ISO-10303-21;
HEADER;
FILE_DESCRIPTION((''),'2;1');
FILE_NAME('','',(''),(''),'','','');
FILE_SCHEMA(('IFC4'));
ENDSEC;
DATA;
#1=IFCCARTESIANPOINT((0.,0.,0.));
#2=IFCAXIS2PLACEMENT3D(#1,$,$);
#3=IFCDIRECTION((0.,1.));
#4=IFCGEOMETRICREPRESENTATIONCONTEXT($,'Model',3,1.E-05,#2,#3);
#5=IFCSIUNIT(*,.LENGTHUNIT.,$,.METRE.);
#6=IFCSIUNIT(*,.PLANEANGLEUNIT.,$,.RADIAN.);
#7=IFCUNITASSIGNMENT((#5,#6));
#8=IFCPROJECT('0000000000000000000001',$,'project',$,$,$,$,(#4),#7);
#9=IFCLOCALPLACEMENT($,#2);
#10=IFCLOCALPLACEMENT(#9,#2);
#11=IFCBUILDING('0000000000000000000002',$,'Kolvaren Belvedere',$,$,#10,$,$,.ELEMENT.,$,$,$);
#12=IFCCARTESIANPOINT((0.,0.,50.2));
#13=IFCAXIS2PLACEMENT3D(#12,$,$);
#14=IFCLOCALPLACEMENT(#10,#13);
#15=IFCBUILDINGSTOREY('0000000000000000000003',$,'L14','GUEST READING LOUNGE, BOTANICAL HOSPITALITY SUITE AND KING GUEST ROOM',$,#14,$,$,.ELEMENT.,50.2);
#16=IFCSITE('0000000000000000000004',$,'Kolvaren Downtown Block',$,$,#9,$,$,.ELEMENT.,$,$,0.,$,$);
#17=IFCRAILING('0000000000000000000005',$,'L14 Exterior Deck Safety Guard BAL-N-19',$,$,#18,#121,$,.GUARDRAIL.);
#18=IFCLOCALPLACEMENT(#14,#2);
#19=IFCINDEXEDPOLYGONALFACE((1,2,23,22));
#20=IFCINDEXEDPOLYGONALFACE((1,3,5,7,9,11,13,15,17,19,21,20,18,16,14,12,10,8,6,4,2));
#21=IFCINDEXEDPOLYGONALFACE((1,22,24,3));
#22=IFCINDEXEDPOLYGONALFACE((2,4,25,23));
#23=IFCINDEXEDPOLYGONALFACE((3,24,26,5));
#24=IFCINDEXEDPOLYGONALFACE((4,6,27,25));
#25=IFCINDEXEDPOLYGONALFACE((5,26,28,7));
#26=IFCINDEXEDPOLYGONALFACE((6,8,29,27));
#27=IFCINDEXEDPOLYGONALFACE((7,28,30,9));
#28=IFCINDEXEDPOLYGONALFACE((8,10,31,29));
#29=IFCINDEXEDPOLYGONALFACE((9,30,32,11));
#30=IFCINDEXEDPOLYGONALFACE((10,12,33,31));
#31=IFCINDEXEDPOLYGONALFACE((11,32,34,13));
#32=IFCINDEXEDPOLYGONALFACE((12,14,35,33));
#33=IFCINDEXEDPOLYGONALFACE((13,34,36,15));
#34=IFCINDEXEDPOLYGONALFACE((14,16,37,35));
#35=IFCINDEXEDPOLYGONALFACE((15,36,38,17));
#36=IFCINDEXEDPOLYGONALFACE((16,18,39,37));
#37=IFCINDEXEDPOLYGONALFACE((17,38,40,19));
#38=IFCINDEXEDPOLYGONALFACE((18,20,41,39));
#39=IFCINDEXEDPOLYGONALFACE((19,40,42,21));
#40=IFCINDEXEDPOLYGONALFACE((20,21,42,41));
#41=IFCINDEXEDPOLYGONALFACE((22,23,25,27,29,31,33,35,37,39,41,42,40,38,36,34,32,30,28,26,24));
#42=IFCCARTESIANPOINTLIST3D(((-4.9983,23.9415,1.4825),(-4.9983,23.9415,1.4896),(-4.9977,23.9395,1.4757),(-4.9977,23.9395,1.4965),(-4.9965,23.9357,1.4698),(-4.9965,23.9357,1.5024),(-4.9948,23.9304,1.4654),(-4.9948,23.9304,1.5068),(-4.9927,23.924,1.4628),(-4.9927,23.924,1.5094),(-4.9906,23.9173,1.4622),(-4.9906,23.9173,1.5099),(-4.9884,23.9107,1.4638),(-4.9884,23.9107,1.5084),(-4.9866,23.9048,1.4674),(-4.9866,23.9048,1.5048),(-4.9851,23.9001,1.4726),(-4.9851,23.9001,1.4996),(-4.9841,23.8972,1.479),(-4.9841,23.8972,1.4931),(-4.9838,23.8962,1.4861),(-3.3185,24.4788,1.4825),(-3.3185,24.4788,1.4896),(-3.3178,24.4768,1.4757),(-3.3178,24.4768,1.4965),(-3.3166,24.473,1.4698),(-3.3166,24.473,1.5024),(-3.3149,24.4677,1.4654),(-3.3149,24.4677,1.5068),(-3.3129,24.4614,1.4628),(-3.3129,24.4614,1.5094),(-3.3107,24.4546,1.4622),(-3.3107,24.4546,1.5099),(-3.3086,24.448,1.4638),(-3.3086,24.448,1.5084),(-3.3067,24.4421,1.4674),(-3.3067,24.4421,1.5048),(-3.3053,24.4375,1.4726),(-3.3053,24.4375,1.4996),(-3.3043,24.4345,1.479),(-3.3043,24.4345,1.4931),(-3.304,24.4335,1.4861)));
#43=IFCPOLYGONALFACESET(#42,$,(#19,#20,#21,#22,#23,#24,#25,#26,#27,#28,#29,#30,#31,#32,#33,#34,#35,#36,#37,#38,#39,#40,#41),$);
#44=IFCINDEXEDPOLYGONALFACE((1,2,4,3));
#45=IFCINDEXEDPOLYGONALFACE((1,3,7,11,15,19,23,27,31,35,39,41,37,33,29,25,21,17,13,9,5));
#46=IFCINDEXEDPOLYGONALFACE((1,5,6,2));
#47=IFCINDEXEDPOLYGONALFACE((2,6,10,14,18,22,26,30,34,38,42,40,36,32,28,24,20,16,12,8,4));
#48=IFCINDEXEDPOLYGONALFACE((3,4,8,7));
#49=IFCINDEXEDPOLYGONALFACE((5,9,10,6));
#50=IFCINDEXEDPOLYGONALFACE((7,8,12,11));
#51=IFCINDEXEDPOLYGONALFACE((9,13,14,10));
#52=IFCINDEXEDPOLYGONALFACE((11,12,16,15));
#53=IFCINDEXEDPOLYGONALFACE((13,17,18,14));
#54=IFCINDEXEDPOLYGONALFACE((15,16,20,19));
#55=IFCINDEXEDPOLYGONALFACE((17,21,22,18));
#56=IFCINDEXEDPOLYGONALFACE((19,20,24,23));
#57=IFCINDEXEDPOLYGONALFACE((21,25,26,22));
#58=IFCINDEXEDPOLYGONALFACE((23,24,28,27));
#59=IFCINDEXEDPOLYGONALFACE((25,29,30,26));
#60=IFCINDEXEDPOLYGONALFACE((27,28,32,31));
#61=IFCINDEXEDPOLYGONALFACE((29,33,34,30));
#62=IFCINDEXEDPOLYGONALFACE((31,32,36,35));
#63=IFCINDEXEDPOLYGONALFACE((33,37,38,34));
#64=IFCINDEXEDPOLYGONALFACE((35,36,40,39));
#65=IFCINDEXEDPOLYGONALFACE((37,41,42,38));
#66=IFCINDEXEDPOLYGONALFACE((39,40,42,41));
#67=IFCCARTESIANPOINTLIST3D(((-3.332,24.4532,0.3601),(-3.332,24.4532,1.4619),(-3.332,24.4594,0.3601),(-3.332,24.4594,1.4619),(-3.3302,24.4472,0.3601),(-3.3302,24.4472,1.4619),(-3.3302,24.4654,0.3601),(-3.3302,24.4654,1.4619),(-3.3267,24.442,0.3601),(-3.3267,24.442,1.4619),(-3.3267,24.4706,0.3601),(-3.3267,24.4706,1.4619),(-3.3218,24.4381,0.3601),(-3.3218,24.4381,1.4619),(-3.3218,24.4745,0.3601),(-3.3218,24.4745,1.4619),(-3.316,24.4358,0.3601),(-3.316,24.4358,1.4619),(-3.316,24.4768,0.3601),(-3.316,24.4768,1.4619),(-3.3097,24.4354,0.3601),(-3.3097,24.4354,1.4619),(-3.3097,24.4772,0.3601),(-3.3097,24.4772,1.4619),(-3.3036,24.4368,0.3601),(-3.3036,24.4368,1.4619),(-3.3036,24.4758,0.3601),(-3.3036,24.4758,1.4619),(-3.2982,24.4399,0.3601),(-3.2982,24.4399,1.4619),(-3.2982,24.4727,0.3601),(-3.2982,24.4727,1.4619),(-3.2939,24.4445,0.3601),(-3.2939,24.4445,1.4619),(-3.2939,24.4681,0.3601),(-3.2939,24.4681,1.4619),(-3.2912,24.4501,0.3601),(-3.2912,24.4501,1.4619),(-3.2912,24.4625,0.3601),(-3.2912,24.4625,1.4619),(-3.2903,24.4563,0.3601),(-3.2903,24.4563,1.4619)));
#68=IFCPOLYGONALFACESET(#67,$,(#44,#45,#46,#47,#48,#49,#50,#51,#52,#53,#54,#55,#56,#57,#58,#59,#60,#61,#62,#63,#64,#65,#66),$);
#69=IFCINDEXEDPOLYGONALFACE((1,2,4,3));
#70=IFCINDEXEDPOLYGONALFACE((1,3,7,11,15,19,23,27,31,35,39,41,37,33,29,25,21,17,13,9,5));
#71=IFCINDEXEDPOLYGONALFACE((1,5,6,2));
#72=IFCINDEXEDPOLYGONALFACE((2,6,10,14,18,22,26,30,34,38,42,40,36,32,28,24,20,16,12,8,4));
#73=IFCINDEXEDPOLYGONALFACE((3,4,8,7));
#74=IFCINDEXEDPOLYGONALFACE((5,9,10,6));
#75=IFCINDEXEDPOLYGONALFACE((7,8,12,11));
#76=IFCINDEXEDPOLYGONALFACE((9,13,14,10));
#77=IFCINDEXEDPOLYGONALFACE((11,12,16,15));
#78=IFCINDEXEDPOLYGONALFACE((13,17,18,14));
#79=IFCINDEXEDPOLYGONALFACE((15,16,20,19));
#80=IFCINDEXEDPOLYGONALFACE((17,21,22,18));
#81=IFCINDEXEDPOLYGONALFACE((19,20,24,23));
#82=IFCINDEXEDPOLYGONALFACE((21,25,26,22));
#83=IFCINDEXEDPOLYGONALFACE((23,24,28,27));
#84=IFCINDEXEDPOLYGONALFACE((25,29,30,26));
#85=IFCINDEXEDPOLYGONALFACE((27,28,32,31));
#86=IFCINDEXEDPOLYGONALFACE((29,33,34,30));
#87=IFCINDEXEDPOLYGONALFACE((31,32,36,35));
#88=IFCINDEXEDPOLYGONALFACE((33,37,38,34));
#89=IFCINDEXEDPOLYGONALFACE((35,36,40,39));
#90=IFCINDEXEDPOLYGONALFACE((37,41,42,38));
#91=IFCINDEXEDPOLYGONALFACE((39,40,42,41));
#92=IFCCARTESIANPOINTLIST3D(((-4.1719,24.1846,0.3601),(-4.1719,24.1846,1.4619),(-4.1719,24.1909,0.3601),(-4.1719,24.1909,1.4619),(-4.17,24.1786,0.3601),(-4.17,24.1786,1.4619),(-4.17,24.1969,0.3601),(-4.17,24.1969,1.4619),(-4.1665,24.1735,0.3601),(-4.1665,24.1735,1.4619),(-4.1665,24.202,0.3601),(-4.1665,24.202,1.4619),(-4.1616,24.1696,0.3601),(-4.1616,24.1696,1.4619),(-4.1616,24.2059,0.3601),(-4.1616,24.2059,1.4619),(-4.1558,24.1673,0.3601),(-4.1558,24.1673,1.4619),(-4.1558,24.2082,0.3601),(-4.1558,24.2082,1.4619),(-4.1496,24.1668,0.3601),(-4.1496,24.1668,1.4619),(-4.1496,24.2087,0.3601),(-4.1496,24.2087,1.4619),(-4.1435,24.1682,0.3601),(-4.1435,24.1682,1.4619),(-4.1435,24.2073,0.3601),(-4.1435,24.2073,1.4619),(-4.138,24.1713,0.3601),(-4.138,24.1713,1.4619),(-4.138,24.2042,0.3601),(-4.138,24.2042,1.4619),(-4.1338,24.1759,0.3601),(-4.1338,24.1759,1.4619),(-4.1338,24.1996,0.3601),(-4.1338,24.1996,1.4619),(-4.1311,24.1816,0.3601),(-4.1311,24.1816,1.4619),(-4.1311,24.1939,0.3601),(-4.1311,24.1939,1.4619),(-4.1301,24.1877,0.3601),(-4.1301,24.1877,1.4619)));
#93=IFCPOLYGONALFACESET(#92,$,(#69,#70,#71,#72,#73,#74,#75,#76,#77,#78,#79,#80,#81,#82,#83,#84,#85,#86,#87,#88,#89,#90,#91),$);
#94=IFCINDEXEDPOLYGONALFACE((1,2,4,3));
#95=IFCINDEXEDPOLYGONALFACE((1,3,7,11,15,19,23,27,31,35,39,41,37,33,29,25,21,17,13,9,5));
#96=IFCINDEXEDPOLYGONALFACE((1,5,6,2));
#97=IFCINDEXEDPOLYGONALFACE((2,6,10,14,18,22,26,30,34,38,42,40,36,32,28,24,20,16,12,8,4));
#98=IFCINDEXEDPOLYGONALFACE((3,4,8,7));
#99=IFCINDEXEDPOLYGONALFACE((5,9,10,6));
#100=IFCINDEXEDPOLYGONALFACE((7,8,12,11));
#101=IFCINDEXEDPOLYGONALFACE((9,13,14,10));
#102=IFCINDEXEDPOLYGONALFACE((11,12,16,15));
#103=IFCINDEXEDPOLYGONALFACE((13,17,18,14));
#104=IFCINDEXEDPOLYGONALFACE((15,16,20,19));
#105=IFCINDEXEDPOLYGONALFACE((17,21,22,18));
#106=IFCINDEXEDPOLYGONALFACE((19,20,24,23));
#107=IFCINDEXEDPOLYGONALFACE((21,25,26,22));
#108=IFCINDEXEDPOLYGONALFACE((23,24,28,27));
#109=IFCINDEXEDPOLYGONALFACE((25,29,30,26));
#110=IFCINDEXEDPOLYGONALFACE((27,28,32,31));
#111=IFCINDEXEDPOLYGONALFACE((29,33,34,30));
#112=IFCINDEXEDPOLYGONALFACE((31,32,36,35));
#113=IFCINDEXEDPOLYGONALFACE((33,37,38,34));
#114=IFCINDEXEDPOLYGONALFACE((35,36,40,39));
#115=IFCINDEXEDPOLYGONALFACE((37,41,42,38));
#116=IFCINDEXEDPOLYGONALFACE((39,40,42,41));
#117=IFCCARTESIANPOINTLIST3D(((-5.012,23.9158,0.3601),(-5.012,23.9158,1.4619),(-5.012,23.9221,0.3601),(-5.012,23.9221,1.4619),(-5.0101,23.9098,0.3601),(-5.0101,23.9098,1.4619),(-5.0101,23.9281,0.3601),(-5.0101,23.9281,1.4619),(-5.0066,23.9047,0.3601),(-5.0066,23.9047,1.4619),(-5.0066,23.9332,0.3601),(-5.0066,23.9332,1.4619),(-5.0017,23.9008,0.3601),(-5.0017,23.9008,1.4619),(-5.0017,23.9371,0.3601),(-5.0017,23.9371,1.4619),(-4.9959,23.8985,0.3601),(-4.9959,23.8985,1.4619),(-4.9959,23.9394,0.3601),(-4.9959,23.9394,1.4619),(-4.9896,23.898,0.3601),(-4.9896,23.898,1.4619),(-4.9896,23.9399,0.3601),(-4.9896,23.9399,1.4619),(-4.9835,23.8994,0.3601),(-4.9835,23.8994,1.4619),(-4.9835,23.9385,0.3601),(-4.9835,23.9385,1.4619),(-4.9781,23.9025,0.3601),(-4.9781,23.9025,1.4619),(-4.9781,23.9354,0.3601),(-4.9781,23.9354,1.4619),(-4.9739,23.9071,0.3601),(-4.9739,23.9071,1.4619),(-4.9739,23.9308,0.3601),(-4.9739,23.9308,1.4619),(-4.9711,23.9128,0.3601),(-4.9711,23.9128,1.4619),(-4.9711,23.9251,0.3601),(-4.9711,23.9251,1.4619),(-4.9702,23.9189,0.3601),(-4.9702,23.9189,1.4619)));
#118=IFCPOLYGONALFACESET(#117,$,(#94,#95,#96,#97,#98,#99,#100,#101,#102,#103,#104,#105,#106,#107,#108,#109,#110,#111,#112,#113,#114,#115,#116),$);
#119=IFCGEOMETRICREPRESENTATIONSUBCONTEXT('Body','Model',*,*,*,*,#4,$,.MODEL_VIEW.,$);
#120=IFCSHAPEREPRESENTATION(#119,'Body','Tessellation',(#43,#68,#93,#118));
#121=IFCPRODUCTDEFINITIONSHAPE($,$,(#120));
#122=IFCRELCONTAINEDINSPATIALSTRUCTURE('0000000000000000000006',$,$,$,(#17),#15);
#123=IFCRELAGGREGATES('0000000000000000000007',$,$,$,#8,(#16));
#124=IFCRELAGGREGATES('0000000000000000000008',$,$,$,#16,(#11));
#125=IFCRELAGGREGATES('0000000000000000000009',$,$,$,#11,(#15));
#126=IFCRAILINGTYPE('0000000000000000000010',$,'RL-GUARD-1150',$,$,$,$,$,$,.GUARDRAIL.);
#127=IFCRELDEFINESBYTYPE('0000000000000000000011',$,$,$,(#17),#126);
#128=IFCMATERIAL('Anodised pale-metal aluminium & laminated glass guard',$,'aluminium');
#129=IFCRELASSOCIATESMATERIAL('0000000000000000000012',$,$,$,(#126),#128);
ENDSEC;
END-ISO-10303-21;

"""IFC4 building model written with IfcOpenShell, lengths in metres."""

from ifc_helpers import new_model, si_unit, direction, frame, origin, origin_2d, place, context, subcontext, project, spatial, circle, extrude, material, type_object, element, save


model = new_model("IFC4")

# Units and contexts
model_context = context("Model", 3, precision=1e-05, world=origin(), true_north=direction((0.0, 1.0)))
body_context = subcontext(model_context, "Body", "Model", "MODEL_VIEW")
ifc_project = project(units=[si_unit("LENGTHUNIT", "METRE"), si_unit("PLANEANGLEUNIT", "RADIAN")], contexts=[model_context])

# Site, building, storey
site_placement = place(None, origin())
site = spatial("IfcSite", under=ifc_project, at=site_placement, Name="Kolvaren Downtown Block", CompositionType="ELEMENT", RefElevation=0.0)
building_placement = place(site_placement, origin())
building = spatial("IfcBuilding", under=site, at=building_placement, Name="Kolvaren Belvedere", CompositionType="ELEMENT")
storey_placement = place(building_placement, frame((0.0, 0.0, 50.2)))
storey = spatial("IfcBuildingStorey", under=building, at=storey_placement, Name="L14", Description="GUEST READING LOUNGE, BOTANICAL HOSPITALITY SUITE AND KING GUEST ROOM", CompositionType="ELEMENT", Elevation=50.2)

# Railing
ifc_material_1 = material(Name="Anodised pale-metal aluminium & laminated glass guard", Category="aluminium")
railing_type = type_object("IfcRailingType", Name="RL-GUARD-1150", PredefinedType="GUARDRAIL", material=ifc_material_1)
railing_1_placement = place(storey_placement, frame((-3.3113, 24.4563, 0.3601)))
element("IfcRailing", 1, at=railing_1_placement, inside=storey, type_object=railing_type, Name="L14 Exterior Deck Safety Guard BAL-N-19", PredefinedType="GUARDRAIL", context=body_context, shape_type="SweptSolid", body=[
    extrude(circle(Radius=0.0239, at=origin_2d()), frame((0.0, 0.0, 1.126), z_axis=(-0.952461, -0.30466, 0.0), x_axis=(0.30466, -0.952461, 0.0)), (0.0, 0.0, 1.0), 1.7637),
    extrude(circle(Radius=0.021, at=origin_2d()), origin(), (0.0, 0.0, 1.0), 1.1018),
    extrude(circle(Radius=0.021, at=origin_2d()), frame((-0.8398, -0.2686, 0.0)), (0.0, 0.0, 1.0), 1.1018),
    extrude(circle(Radius=0.021, at=origin_2d()), frame((-1.6799, -0.5374, 0.0)), (0.0, 0.0, 1.0), 1.1018),
])

save(model, "model.ifc")
